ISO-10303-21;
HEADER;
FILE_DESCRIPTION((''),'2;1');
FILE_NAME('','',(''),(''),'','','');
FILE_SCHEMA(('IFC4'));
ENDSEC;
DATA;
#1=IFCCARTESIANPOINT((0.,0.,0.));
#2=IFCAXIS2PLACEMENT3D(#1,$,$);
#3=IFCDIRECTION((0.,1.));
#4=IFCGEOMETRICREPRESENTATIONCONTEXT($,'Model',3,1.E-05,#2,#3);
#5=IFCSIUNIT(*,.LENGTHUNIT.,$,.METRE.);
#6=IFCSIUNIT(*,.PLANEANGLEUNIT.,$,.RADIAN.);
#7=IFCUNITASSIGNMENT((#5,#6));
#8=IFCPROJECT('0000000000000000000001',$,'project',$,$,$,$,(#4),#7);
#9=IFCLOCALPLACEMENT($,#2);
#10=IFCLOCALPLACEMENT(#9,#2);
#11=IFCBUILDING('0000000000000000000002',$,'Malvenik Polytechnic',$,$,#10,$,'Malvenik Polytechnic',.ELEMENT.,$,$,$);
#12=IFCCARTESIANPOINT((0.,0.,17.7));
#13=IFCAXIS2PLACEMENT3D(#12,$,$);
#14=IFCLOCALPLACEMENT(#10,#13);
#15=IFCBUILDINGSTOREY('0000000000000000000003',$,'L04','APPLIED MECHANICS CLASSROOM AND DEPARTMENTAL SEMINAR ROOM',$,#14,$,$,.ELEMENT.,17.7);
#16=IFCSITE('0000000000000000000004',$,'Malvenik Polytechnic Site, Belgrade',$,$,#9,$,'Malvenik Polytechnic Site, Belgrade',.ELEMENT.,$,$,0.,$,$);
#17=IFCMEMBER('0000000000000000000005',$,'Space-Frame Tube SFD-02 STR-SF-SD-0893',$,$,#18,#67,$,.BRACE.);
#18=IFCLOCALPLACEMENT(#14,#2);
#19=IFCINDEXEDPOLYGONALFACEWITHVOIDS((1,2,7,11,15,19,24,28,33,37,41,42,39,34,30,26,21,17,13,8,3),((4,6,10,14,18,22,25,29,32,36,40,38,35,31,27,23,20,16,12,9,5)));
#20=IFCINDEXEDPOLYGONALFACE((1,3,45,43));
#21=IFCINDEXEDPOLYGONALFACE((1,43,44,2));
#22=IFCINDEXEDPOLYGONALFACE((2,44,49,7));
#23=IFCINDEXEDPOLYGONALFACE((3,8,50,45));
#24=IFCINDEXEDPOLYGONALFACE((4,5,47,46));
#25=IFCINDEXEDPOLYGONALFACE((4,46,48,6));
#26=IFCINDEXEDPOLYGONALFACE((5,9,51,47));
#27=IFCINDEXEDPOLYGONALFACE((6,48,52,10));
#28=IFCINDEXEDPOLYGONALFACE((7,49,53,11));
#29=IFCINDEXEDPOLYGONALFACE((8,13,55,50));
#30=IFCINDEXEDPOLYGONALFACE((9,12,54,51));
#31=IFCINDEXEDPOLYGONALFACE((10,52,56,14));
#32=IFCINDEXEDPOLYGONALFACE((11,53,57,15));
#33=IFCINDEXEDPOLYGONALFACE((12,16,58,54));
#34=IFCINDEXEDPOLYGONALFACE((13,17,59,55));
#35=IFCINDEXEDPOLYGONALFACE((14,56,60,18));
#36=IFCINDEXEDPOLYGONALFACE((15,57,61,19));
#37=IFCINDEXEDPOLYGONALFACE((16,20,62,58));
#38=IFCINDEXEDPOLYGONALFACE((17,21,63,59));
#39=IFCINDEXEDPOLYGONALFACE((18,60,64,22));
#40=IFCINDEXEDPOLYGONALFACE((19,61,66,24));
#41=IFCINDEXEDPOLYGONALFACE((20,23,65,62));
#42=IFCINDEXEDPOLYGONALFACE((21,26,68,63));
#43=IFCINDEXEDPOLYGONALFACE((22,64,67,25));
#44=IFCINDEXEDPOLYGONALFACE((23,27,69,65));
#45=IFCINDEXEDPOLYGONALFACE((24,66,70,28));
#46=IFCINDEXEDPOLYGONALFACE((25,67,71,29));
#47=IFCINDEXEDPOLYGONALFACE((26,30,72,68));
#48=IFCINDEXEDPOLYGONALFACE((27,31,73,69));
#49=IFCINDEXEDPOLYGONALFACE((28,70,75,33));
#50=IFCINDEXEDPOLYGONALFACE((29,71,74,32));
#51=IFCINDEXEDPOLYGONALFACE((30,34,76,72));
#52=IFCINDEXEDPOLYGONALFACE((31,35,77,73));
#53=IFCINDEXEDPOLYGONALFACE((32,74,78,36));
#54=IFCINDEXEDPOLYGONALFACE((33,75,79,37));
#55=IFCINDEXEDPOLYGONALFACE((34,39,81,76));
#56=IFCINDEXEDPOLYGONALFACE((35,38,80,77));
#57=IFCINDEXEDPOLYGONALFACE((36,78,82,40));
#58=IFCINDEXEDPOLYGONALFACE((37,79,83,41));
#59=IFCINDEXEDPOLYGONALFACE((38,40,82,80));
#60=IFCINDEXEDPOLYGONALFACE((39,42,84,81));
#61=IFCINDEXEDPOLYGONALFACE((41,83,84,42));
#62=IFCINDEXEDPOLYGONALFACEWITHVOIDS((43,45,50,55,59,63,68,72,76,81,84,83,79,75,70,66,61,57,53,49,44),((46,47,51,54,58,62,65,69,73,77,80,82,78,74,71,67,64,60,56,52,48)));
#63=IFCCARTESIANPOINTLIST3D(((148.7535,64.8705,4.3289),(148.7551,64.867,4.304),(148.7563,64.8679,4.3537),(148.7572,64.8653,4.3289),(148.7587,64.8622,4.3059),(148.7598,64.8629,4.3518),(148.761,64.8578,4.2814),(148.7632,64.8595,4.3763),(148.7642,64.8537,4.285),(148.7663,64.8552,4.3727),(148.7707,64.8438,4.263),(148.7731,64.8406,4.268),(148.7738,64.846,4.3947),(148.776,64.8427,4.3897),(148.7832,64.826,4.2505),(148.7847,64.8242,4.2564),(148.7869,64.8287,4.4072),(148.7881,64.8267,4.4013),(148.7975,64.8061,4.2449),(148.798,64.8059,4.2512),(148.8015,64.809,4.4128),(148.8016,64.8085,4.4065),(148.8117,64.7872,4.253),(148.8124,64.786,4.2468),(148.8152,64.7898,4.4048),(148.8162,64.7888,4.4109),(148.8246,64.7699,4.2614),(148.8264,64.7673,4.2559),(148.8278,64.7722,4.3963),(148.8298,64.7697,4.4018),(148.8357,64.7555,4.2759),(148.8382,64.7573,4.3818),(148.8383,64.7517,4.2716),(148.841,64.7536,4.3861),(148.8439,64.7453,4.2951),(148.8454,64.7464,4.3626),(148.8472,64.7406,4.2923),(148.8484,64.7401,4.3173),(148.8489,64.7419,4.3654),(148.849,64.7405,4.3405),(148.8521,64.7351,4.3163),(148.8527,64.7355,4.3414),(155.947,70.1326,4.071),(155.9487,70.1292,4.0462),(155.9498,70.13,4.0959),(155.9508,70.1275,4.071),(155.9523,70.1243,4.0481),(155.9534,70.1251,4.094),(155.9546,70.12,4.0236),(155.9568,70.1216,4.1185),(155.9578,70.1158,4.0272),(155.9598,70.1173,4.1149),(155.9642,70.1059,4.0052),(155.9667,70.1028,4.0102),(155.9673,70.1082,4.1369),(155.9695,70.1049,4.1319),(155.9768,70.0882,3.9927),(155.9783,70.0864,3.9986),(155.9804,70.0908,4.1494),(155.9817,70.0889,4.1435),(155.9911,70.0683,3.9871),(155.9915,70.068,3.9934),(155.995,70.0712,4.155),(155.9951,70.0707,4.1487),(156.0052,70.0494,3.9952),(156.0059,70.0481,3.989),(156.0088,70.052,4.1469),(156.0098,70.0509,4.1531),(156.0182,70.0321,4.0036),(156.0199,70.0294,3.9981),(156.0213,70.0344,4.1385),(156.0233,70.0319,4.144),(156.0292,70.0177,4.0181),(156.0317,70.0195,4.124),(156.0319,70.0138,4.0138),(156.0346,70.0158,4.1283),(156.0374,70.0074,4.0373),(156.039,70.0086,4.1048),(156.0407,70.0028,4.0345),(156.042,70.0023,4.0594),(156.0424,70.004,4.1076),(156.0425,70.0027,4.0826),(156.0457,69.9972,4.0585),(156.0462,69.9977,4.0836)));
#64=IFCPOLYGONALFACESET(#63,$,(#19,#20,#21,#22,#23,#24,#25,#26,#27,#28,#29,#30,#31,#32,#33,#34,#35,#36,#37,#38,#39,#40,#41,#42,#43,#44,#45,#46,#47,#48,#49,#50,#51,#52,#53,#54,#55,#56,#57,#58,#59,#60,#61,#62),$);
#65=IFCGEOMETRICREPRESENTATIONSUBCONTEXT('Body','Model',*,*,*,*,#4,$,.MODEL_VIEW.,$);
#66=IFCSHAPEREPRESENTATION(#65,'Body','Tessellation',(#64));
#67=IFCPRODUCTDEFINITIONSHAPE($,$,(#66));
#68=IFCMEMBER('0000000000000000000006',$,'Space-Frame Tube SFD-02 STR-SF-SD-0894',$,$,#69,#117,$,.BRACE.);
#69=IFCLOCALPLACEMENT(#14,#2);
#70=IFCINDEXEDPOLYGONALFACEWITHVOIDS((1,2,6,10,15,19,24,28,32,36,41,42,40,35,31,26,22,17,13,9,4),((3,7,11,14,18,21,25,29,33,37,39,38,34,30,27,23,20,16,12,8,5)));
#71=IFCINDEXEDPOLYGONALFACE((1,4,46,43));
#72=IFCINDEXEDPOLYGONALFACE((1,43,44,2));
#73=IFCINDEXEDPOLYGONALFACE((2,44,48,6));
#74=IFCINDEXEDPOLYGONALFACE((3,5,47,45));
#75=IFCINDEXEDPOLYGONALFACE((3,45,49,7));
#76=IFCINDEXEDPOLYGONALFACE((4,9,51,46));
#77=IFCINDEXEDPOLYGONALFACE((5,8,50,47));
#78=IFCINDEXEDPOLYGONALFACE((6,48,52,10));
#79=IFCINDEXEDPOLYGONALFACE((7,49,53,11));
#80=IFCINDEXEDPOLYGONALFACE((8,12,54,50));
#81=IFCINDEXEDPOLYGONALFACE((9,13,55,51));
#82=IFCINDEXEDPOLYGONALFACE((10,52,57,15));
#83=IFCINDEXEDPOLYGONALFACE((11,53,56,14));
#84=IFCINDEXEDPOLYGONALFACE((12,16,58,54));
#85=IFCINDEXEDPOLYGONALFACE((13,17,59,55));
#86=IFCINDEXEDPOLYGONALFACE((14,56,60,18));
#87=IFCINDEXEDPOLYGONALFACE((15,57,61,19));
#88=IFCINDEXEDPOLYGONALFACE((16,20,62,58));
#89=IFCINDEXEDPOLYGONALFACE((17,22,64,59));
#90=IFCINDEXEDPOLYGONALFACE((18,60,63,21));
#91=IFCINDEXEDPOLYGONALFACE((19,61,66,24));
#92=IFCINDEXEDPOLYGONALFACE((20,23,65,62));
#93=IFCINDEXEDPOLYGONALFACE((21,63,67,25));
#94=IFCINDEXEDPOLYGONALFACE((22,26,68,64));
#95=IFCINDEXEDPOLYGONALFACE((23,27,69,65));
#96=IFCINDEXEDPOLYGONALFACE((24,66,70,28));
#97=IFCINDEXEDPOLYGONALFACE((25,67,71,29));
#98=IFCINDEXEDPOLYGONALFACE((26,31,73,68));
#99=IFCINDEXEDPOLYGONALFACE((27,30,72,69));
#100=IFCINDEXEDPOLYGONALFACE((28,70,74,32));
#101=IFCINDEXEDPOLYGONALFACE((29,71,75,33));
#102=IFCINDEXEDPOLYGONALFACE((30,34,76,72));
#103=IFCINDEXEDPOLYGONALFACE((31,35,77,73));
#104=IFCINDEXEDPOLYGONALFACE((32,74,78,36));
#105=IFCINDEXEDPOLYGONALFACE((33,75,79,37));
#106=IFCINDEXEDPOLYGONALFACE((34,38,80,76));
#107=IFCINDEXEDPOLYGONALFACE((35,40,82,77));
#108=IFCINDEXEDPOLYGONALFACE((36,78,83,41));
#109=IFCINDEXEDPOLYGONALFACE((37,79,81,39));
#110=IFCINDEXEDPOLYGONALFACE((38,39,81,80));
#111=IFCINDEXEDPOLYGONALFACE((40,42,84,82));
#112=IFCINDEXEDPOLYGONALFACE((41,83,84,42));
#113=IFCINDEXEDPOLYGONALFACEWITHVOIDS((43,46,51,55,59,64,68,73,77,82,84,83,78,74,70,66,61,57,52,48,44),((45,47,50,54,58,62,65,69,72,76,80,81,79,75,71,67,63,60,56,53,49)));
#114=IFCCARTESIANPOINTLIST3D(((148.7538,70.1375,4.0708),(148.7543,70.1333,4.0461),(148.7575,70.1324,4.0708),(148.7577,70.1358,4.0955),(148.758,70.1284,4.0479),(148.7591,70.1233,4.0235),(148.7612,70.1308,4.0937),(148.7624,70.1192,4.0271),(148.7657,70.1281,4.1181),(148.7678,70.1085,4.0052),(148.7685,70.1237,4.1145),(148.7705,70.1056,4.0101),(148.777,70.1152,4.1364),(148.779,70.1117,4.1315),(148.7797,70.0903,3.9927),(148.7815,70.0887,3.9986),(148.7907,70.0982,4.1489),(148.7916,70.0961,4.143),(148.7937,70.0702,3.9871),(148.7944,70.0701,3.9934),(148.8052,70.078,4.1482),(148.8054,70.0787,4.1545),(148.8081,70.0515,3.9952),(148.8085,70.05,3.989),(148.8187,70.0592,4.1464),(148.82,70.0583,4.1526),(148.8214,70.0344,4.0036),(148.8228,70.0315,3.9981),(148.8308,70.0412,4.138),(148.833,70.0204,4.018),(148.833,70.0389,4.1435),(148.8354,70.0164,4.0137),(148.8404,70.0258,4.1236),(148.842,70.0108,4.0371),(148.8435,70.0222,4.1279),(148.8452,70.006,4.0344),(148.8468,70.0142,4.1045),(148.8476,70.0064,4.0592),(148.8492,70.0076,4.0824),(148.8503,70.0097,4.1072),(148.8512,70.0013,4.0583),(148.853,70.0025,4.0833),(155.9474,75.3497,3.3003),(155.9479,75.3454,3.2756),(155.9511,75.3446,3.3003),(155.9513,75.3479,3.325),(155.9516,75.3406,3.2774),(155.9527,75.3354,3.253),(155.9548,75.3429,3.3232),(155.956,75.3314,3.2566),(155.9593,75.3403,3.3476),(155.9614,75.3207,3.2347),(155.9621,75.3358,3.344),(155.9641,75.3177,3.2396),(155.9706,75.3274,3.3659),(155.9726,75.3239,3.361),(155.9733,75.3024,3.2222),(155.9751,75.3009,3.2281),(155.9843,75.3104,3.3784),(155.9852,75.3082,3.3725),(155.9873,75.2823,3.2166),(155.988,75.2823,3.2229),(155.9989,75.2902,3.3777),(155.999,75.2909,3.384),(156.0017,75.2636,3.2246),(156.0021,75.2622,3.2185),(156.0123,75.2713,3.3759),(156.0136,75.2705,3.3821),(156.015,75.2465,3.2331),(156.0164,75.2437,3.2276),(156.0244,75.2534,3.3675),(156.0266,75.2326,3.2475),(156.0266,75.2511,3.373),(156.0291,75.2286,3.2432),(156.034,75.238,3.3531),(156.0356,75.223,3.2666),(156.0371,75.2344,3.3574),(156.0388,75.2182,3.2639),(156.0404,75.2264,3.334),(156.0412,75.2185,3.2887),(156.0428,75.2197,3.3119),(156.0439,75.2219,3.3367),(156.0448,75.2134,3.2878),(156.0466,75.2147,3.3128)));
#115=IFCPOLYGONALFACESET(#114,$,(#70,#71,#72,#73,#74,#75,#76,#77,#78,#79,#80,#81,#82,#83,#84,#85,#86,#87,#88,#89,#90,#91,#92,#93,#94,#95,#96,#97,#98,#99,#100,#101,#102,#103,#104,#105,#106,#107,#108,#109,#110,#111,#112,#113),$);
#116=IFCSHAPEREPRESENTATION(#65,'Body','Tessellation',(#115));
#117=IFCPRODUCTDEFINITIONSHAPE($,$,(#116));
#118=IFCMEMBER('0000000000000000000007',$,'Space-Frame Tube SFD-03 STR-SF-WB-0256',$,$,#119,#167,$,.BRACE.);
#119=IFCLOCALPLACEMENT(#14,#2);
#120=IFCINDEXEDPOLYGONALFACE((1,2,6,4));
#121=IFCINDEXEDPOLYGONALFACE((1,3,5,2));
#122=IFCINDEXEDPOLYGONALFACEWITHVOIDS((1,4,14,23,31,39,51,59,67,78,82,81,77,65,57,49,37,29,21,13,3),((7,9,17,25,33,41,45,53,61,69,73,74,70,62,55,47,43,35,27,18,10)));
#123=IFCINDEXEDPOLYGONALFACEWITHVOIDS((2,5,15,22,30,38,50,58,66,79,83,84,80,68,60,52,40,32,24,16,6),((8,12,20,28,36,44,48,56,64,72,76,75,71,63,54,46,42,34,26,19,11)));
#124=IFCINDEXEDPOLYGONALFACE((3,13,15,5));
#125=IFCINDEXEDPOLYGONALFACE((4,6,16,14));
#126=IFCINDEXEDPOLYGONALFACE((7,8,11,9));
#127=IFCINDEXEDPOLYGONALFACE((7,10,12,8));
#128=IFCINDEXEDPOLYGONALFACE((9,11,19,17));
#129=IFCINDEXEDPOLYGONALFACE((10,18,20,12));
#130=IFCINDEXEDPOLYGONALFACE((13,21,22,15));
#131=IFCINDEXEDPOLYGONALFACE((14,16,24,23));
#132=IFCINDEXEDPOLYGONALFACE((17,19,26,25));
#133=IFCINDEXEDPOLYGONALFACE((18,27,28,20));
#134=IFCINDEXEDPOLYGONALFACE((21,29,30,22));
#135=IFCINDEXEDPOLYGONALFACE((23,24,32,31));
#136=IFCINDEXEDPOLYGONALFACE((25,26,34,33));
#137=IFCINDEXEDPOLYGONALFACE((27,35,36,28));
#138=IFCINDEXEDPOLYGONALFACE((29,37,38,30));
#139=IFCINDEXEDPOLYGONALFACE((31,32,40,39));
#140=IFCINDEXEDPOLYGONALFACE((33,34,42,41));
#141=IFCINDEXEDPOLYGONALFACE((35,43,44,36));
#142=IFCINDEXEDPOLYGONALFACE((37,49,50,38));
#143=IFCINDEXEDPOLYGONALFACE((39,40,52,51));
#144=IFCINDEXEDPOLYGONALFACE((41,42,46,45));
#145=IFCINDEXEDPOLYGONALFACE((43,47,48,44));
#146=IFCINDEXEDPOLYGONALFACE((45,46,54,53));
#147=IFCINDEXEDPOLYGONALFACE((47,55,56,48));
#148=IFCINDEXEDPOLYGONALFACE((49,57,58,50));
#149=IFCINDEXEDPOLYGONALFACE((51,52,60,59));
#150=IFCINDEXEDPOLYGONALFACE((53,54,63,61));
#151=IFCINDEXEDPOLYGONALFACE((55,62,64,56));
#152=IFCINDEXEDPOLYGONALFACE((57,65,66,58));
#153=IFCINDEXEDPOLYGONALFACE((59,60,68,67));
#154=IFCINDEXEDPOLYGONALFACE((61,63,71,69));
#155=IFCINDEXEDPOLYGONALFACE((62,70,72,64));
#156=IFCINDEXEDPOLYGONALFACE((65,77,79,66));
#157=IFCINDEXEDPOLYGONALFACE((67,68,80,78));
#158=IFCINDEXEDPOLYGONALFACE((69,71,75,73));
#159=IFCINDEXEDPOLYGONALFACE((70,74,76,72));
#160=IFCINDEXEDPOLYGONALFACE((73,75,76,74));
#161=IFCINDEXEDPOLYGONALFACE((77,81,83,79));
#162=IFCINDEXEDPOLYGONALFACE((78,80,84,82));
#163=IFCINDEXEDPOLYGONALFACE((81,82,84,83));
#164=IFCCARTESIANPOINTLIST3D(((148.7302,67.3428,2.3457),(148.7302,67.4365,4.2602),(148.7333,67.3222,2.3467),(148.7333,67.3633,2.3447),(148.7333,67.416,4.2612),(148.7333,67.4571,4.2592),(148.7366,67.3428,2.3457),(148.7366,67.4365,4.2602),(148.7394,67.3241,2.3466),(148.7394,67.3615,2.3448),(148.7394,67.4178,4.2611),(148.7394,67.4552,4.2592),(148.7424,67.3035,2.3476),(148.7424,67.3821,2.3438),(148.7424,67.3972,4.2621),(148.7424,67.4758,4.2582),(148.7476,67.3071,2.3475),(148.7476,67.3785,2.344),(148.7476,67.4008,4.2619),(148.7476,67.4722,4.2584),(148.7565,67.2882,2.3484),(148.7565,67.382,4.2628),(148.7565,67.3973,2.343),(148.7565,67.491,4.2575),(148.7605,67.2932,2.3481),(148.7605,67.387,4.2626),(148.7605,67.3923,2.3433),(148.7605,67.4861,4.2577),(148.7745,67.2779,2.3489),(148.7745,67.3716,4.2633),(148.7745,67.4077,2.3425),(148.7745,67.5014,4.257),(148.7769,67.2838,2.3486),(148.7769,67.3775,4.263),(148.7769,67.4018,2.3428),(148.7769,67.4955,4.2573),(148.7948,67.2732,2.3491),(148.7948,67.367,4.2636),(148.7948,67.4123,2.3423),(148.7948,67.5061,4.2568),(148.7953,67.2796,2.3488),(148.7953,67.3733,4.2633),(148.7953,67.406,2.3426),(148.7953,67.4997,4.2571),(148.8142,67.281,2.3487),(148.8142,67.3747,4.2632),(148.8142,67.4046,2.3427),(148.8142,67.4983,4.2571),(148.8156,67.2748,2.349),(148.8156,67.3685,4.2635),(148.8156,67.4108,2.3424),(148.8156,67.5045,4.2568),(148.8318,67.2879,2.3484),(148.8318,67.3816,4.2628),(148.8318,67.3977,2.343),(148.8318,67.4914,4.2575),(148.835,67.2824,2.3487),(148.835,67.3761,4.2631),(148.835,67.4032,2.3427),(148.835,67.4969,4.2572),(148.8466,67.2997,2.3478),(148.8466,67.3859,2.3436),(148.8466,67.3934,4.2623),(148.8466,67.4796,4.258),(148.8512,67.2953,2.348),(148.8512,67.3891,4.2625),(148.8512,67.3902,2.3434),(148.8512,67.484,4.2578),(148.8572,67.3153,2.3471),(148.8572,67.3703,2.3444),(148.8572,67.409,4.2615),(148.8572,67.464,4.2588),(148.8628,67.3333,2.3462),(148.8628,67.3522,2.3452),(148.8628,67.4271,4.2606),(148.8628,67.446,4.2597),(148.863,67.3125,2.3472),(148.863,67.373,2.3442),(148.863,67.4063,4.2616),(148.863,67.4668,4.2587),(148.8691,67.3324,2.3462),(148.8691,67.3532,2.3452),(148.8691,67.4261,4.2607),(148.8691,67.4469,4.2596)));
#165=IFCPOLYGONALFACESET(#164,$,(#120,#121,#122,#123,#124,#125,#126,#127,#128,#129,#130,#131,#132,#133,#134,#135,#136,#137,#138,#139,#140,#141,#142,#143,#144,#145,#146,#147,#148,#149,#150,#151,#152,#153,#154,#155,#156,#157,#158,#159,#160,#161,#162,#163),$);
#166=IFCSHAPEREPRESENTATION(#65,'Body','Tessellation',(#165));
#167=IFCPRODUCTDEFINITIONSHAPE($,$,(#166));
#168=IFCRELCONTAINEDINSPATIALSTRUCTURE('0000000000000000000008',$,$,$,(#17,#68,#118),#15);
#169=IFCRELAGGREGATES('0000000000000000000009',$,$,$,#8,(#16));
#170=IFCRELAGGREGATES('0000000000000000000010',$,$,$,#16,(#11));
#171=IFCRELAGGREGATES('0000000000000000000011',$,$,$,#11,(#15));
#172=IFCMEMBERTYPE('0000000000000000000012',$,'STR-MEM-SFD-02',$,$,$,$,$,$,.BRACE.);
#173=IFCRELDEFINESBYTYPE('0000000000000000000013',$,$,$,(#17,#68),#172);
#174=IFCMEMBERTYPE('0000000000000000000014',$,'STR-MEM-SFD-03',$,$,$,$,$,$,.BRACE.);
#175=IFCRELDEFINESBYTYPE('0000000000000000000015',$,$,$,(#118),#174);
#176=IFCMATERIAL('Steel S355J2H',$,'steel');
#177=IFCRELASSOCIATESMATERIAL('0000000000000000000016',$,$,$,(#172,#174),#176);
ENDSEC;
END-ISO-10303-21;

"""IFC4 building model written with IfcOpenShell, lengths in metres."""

from ifc_helpers import new_model, si_unit, direction, frame, origin, origin_2d, place, context, subcontext, project, spatial, hollow_circle, extrude, material, material_profile, profile_set, type_object, element, save


model = new_model("IFC4")

# Units and contexts
model_context = context("Model", 3, precision=1e-05, world=origin(), true_north=direction((0.0, 1.0)))
body_context = subcontext(model_context, "Body", "Model", "MODEL_VIEW")
ifc_project = project(units=[si_unit("LENGTHUNIT", "METRE"), si_unit("PLANEANGLEUNIT", "RADIAN")], contexts=[model_context])

# Site, building, storey
site_placement = place(None, origin())
site = spatial("IfcSite", under=ifc_project, at=site_placement, Name="Malvenik Polytechnic Site, Belgrade", LongName="Malvenik Polytechnic Site, Belgrade", CompositionType="ELEMENT", RefElevation=0.0)
building_placement = place(site_placement, origin())
building = spatial("IfcBuilding", under=site, at=building_placement, Name="Malvenik Polytechnic", LongName="Malvenik Polytechnic", CompositionType="ELEMENT")
storey_placement = place(building_placement, frame((0.0, 0.0, 17.7)))
storey = spatial("IfcBuildingStorey", under=building, at=storey_placement, Name="L04", Description="APPLIED MECHANICS CLASSROOM AND DEPARTMENTAL SEMINAR ROOM", CompositionType="ELEMENT", Elevation=17.7)

# Members
ifc_material_1 = material(Name="Steel S355J2H", Category="steel")
ifc_material_profile_1 = material_profile(ifc_material_1, hollow_circle(Radius=0.0842, WallThickness=0.0063, at=origin_2d()), Name="CHS 168.3x6.3")
ifc_profile_set_1 = profile_set([ifc_material_profile_1], Name="Steel S355J2H")
member_type_1 = type_object("IfcMemberType", Name="STR-MEM-SFD-02", PredefinedType="BRACE", material=ifc_profile_set_1)
member_1_placement = place(storey_placement, frame((148.8032, 64.8025, 4.3289), z_axis=(0.806768, 0.59016, -0.028914), x_axis=(-0.590407, 0.807105, 0.0)))
element("IfcMember", 1, at=member_1_placement, inside=storey, type_object=member_type_1, Name="Space-Frame Tube SFD-02 STR-SF-SD-0893", PredefinedType="BRACE", context=body_context, shape_type="SweptSolid", body=[
    extrude(hollow_circle(Radius=0.0842, WallThickness=0.0063, at=origin_2d()), origin(), (0.0, 0.0, 1.0), 8.9165),
])
member_2_placement = place(storey_placement, frame((148.8032, 70.0693, 4.0708), z_axis=(0.806753, 0.584536, -0.086411), x_axis=(-0.586731, 0.809782, 0.0)))
element("IfcMember", 2, at=member_2_placement, inside=storey, type_object=member_type_1, Name="Space-Frame Tube SFD-02 STR-SF-SD-0894", PredefinedType="BRACE", context=body_context, shape_type="SweptSolid", body=[
    extrude(hollow_circle(Radius=0.0842, WallThickness=0.0063, at=origin_2d()), origin(), (0.0, 0.0, 1.0), 8.9167),
])
ifc_material_profile_2 = material_profile(ifc_material_1, hollow_circle(Radius=0.0698, WallThickness=0.0063, at=origin_2d()), Name="CHS 139.7x6.3")
ifc_profile_set_2 = profile_set([ifc_material_profile_2], Name="Steel S355J2H")
member_type_2 = type_object("IfcMemberType", Name="STR-MEM-SFD-03", PredefinedType="BRACE", material=ifc_profile_set_2)
member_3_placement = place(storey_placement, frame((148.8, 67.3428, 2.3457), z_axis=(0.0, 0.048908, 0.998803), x_axis=(-1.0, 0.0, 0.0)))
element("IfcMember", 3, at=member_3_placement, inside=storey, type_object=member_type_2, Name="Space-Frame Tube SFD-03 STR-SF-WB-0256", PredefinedType="BRACE", context=body_context, shape_type="SweptSolid", body=[
    extrude(hollow_circle(Radius=0.0698, WallThickness=0.0063, at=origin_2d()), origin(), (0.0, 0.0, 1.0), 1.9167),
])

save(model, "model.ifc")
